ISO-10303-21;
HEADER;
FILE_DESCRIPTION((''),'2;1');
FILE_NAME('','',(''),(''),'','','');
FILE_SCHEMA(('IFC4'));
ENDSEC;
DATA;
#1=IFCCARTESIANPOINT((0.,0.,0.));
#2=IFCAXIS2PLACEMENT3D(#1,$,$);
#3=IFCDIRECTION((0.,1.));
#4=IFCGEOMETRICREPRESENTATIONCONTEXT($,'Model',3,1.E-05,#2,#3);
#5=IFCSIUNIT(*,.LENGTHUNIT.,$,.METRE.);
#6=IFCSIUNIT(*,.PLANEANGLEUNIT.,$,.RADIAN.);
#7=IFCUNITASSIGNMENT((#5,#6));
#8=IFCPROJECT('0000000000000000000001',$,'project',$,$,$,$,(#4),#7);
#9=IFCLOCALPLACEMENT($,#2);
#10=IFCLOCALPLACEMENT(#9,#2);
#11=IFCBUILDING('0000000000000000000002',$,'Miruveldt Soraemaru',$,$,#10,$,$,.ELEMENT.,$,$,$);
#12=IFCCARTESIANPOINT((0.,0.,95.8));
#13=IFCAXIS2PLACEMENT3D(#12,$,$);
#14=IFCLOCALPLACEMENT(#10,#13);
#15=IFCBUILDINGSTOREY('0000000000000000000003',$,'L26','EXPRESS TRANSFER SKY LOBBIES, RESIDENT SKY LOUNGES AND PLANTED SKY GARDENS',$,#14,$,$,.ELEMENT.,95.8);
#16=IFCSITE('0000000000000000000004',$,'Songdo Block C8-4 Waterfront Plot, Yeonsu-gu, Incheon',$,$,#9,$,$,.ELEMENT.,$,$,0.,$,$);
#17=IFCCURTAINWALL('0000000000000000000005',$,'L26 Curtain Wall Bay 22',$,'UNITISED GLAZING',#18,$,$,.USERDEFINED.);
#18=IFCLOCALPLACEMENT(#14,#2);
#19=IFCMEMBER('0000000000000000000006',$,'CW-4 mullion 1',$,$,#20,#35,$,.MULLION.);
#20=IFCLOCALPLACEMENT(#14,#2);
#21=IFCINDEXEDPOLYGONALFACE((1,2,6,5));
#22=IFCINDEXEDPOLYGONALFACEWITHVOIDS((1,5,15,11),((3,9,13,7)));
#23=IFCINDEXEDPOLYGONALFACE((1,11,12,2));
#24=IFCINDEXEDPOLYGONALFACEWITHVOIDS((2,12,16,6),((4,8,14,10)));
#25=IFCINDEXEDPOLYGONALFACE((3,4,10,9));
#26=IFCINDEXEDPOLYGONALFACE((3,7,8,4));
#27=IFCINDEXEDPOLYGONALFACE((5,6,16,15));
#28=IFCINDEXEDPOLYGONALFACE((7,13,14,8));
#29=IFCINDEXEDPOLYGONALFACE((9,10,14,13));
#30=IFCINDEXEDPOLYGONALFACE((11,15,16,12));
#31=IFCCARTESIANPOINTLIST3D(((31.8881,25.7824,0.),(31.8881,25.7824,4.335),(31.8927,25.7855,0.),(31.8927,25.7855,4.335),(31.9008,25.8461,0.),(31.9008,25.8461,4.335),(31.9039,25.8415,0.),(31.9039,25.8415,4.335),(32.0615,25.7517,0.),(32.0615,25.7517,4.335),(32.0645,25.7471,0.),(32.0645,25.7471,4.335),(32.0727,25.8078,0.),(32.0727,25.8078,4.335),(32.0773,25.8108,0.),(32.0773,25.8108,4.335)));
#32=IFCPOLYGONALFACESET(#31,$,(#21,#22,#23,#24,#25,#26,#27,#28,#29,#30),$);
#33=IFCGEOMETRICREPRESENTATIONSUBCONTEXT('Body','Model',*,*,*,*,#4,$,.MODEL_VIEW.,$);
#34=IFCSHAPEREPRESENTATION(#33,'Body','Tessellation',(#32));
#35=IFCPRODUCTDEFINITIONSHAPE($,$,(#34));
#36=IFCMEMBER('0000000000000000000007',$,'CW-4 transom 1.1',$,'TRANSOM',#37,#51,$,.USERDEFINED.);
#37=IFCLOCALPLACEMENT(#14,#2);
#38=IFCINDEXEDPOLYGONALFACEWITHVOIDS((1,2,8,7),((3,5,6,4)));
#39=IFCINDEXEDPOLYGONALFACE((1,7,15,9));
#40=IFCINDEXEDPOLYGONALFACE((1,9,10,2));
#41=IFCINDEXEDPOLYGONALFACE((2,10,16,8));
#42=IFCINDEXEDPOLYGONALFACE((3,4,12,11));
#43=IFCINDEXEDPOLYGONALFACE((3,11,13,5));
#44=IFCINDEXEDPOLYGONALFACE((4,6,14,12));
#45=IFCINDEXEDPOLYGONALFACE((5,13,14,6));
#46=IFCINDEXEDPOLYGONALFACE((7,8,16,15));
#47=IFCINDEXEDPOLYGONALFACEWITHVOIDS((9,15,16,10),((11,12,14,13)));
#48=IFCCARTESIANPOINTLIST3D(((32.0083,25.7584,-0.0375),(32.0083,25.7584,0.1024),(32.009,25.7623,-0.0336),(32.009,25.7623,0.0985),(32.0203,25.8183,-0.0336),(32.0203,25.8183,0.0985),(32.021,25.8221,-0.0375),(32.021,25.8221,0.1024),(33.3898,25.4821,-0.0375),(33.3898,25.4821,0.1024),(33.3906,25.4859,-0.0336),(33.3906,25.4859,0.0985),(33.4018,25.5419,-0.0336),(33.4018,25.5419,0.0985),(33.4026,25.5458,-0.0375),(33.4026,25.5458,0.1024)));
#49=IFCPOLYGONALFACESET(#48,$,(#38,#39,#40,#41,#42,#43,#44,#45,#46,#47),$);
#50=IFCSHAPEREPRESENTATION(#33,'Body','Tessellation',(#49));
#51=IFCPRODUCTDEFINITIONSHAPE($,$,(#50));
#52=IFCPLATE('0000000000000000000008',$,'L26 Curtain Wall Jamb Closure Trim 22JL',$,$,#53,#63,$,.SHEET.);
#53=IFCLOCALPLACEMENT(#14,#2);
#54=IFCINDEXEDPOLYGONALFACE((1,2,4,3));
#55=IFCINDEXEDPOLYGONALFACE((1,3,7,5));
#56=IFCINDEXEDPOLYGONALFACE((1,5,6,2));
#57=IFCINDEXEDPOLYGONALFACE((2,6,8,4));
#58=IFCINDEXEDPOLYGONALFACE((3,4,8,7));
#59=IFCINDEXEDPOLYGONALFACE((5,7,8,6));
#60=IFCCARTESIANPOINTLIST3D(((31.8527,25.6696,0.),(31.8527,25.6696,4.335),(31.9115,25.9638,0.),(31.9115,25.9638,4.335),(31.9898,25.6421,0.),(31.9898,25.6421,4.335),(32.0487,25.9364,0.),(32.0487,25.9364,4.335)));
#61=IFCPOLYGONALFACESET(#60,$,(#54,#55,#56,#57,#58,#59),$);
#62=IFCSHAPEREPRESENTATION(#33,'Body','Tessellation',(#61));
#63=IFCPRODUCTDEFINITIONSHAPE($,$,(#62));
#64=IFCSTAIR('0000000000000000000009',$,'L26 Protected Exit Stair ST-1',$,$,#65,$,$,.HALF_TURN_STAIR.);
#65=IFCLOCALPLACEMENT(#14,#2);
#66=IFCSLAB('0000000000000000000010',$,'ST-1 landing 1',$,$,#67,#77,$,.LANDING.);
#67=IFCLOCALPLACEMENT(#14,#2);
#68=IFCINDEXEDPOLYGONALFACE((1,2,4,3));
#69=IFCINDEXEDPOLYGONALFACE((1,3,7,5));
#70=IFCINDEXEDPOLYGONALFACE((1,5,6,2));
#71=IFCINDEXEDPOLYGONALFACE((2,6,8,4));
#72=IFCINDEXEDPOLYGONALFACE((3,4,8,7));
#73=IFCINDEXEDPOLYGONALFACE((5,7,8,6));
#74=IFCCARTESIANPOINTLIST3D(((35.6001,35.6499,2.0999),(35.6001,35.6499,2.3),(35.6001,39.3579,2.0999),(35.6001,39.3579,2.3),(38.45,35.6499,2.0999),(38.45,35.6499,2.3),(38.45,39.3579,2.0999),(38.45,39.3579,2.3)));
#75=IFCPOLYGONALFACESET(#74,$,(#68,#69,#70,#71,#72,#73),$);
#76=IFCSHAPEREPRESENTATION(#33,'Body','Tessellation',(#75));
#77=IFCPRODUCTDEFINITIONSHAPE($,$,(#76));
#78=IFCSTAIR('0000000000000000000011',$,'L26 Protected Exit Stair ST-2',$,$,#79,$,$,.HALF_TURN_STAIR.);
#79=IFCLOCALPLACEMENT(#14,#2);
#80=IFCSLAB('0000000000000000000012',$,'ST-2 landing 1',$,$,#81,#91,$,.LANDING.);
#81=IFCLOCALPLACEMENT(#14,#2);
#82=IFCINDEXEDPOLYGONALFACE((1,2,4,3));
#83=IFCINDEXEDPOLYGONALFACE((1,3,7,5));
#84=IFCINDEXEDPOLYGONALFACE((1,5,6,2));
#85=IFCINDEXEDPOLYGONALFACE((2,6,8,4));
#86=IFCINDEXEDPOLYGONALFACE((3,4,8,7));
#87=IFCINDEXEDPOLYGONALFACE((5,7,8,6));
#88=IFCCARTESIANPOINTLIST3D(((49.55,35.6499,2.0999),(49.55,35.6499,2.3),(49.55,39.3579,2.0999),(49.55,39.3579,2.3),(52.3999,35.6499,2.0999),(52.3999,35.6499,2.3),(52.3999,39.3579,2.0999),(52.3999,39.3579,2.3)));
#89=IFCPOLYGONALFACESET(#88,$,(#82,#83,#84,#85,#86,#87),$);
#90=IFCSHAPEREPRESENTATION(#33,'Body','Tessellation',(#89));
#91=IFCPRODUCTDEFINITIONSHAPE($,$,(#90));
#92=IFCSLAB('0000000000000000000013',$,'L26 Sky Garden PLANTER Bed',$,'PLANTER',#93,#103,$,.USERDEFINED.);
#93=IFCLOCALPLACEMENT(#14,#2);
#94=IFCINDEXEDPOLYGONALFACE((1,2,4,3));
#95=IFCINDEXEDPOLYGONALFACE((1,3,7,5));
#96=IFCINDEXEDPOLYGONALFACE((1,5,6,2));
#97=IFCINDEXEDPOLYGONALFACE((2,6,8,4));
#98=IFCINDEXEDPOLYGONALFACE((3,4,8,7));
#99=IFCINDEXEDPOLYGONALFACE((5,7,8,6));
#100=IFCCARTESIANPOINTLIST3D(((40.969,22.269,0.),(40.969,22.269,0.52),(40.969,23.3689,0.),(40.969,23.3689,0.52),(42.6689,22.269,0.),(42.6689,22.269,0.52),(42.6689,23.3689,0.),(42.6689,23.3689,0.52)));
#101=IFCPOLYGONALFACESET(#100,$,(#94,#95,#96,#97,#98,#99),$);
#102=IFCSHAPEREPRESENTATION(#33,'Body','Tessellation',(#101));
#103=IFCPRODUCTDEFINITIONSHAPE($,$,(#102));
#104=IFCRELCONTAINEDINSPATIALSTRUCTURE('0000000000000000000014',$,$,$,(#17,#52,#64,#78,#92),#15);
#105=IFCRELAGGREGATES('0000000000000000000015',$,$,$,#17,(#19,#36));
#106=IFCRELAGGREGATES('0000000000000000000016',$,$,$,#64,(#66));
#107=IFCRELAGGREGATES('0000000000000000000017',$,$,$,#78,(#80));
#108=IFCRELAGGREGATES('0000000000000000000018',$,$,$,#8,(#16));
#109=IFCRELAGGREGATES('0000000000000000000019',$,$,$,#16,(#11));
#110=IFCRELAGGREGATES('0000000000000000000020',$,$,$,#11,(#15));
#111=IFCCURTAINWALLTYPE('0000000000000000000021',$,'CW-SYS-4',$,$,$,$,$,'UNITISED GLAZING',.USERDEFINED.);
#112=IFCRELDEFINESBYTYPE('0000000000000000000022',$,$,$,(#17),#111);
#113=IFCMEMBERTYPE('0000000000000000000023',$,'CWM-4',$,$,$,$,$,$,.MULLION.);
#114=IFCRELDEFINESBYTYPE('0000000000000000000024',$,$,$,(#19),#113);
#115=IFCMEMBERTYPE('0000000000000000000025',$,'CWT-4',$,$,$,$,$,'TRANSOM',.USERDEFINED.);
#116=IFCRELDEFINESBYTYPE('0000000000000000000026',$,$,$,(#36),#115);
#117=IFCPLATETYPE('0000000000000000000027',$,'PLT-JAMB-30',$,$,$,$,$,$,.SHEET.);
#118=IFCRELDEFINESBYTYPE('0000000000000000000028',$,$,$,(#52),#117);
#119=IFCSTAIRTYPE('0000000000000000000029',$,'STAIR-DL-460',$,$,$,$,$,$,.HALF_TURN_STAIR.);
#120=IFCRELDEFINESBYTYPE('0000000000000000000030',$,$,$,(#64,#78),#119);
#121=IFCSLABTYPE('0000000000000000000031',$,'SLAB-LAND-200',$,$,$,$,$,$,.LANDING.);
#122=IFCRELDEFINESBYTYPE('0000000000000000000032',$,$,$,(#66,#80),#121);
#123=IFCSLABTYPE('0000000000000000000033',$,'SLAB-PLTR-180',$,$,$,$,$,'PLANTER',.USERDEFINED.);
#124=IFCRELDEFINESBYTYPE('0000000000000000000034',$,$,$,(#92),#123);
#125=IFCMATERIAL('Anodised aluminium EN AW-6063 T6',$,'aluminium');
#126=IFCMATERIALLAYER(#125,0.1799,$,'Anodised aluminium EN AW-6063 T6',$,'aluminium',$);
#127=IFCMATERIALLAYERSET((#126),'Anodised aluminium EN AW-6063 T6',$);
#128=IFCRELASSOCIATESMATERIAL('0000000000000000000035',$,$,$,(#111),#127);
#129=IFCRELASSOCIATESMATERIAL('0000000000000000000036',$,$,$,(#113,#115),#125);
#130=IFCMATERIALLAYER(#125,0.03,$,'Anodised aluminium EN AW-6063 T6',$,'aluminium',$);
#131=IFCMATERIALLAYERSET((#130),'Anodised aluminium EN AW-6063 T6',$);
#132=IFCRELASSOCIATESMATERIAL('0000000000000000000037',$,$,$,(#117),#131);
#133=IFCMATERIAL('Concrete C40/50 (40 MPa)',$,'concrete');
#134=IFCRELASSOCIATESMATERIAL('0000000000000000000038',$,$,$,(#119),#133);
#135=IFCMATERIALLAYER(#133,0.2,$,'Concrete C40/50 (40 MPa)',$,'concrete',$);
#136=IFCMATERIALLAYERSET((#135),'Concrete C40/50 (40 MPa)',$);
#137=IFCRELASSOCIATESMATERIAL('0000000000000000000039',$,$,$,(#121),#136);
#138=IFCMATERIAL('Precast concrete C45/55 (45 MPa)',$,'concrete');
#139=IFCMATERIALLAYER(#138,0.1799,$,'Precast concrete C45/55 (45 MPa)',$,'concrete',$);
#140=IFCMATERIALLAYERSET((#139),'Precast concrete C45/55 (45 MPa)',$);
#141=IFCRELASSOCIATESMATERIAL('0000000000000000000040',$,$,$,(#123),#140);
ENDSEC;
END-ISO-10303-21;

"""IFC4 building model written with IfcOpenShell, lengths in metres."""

from ifc_helpers import new_model, si_unit, direction, frame, origin, origin_2d, place, context, subcontext, project, spatial, polyline, rectangle, hollow_rectangle, outline, extrude, material, layer, layer_set, material_profile, profile_set, type_object, element, aggregate, save


model = new_model("IFC4")

# Units and contexts
model_context = context("Model", 3, precision=1e-05, world=origin(), true_north=direction((0.0, 1.0)))
body_context = subcontext(model_context, "Body", "Model", "MODEL_VIEW")
ifc_project = project(units=[si_unit("LENGTHUNIT", "METRE"), si_unit("PLANEANGLEUNIT", "RADIAN")], contexts=[model_context])

# Site, building, storey
site_placement = place(None, origin())
site = spatial("IfcSite", under=ifc_project, at=site_placement, Name="Songdo Block C8-4 Waterfront Plot, Yeonsu-gu, Incheon", CompositionType="ELEMENT", RefElevation=0.0)
building_placement = place(site_placement, origin())
building = spatial("IfcBuilding", under=site, at=building_placement, Name="Miruveldt Soraemaru", CompositionType="ELEMENT")
storey_placement = place(building_placement, frame((0.0, 0.0, 95.8)))
storey = spatial("IfcBuildingStorey", under=building, at=storey_placement, Name="L26", Description="EXPRESS TRANSFER SKY LOBBIES, RESIDENT SKY LOUNGES AND PLANTED SKY GARDENS", CompositionType="ELEMENT", Elevation=95.8)

# Curtain wall, members
ifc_material_1 = material(Name="Anodised aluminium EN AW-6063 T6", Category="aluminium")
ifc_layer_1 = layer(ifc_material_1, 0.1799, Name="Anodised aluminium EN AW-6063 T6", Category="aluminium")
ifc_layer_set_1 = layer_set([ifc_layer_1], Name="Anodised aluminium EN AW-6063 T6")
curtain_wall_type = type_object("IfcCurtainWallType", Name="CW-SYS-4", ElementType="UNITISED GLAZING", PredefinedType="USERDEFINED", material=ifc_layer_set_1)
curtain_wall_placement = place(storey_placement, origin())
curtain_wall = element("IfcCurtainWall", 1, at=curtain_wall_placement, inside=storey, type_object=curtain_wall_type, Name="L26 Curtain Wall Bay 22", ObjectType="UNITISED GLAZING", PredefinedType="USERDEFINED")
ifc_material_profile_1 = material_profile(ifc_material_1, hollow_rectangle(XDim=0.0649, YDim=0.1799, WallThickness=0.0039, at=origin_2d()), Name="Anodised aluminium EN AW-6063 T6", Category="aluminium")
ifc_profile_set_1 = profile_set([ifc_material_profile_1], Name="Anodised aluminium EN AW-6063 T6")
member_type_1 = type_object("IfcMemberType", Name="CWM-4", PredefinedType="MULLION", material=ifc_profile_set_1)
member_1_placement = place(storey_placement, frame((31.9827, 25.7966, 0.0), z_axis=(0.0, 0.0, 1.0), x_axis=(0.196116, 0.980581, 0.0)))
member_1 = element("IfcMember", 2, at=member_1_placement, type_object=member_type_1, Name="CW-4 mullion 1", PredefinedType="MULLION", context=body_context, shape_type="SweptSolid", body=[
    extrude(hollow_rectangle(XDim=0.0649, YDim=0.1799, WallThickness=0.0039, at=origin_2d()), origin(), (0.0, 0.0, 1.0), 4.335),
])
ifc_material_profile_2 = material_profile(ifc_material_1, hollow_rectangle(XDim=0.0649, YDim=0.1399, WallThickness=0.0039, at=origin_2d()), Name="Anodised aluminium EN AW-6063 T6", Category="aluminium")
ifc_profile_set_2 = profile_set([ifc_material_profile_2], Name="Anodised aluminium EN AW-6063 T6")
member_type_2 = type_object("IfcMemberType", Name="CWT-4", ElementType="TRANSOM", PredefinedType="USERDEFINED", material=ifc_profile_set_2)
member_2_placement = place(storey_placement, frame((32.0146, 25.7903, 0.0325), z_axis=(0.980574, -0.196149, 0.0), x_axis=(0.196149, 0.980574, 0.0)))
member_2 = element("IfcMember", 3, at=member_2_placement, type_object=member_type_2, Name="CW-4 transom 1.1", ObjectType="TRANSOM", PredefinedType="USERDEFINED", context=body_context, shape_type="SweptSolid", body=[
    extrude(hollow_rectangle(XDim=0.0649, YDim=0.1399, WallThickness=0.0039, at=origin_2d()), origin(), (0.0, 0.0, 1.0), 1.4089),
])
aggregate(curtain_wall, [member_1, member_2])

# Plate
ifc_layer_2 = layer(ifc_material_1, 0.03, Name="Anodised aluminium EN AW-6063 T6", Category="aluminium")
ifc_layer_set_2 = layer_set([ifc_layer_2], Name="Anodised aluminium EN AW-6063 T6")
plate_type = type_object("IfcPlateType", Name="PLT-JAMB-30", PredefinedType="SHEET", material=ifc_layer_set_2)
plate_placement = place(storey_placement, frame((31.9507, 25.803, 0.0), z_axis=(0.0, 0.0, 1.0), x_axis=(0.98058, -0.196117, 0.0)))
element("IfcPlate", 4, at=plate_placement, inside=storey, type_object=plate_type, Name="L26 Curtain Wall Jamb Closure Trim 22JL", PredefinedType="SHEET", context=body_context, shape_type="SweptSolid", body=[
    extrude(rectangle(XDim=0.1399, YDim=0.3, at=origin_2d()), origin(), (0.0, 0.0, 1.0), 4.335),
])

# Stairs, slabs
ifc_material_2 = material(Name="Concrete C40/50 (40 MPa)", Category="concrete")
stair_type = type_object("IfcStairType", Name="STAIR-DL-460", PredefinedType="HALF_TURN_STAIR", material=ifc_material_2)
stair_1_placement = place(storey_placement, origin())
stair_1 = element("IfcStair", 5, at=stair_1_placement, inside=storey, type_object=stair_type, Name="L26 Protected Exit Stair ST-1", PredefinedType="HALF_TURN_STAIR")
ifc_layer_3 = layer(ifc_material_2, 0.2, Name="Concrete C40/50 (40 MPa)", Category="concrete")
ifc_layer_set_3 = layer_set([ifc_layer_3], Name="Concrete C40/50 (40 MPa)")
slab_type_1 = type_object("IfcSlabType", Name="SLAB-LAND-200", PredefinedType="LANDING", material=ifc_layer_set_3)
slab_1_placement = place(storey_placement, frame((0.0, 0.0, 2.0999)))
slab_1 = element("IfcSlab", 6, at=slab_1_placement, type_object=slab_type_1, Name="ST-1 landing 1", PredefinedType="LANDING", context=body_context, shape_type="SweptSolid", body=[
    extrude(outline(polyline([(35.6001, 39.3579), (35.6001, 35.6499), (38.45, 35.6499), (38.45, 39.3579), (35.6001, 39.3579)])), origin(), (0.0, 0.0, 1.0), 0.2002),
])
aggregate(stair_1, [slab_1])
stair_2_placement = place(storey_placement, origin())
stair_2 = element("IfcStair", 7, at=stair_2_placement, inside=storey, type_object=stair_type, Name="L26 Protected Exit Stair ST-2", PredefinedType="HALF_TURN_STAIR")
slab_2_placement = place(storey_placement, frame((0.0, 0.0, 2.0999)))
slab_2 = element("IfcSlab", 8, at=slab_2_placement, type_object=slab_type_1, Name="ST-2 landing 1", PredefinedType="LANDING", context=body_context, shape_type="SweptSolid", body=[
    extrude(outline(polyline([(49.55, 39.3579), (49.55, 35.6499), (52.3999, 35.6499), (52.3999, 39.3579), (49.55, 39.3579)])), origin(), (0.0, 0.0, 1.0), 0.2002),
])
aggregate(stair_2, [slab_2])

# Slab
ifc_material_3 = material(Name="Precast concrete C45/55 (45 MPa)", Category="concrete")
ifc_layer_4 = layer(ifc_material_3, 0.1799, Name="Precast concrete C45/55 (45 MPa)", Category="concrete")
ifc_layer_set_4 = layer_set([ifc_layer_4], Name="Precast concrete C45/55 (45 MPa)")
slab_type_2 = type_object("IfcSlabType", Name="SLAB-PLTR-180", ElementType="PLANTER", PredefinedType="USERDEFINED", material=ifc_layer_set_4)
slab_3_placement = place(storey_placement, origin())
element("IfcSlab", 9, at=slab_3_placement, inside=storey, type_object=slab_type_2, Name="L26 Sky Garden PLANTER Bed", ObjectType="PLANTER", PredefinedType="USERDEFINED", context=body_context, shape_type="SweptSolid", body=[
    extrude(outline(polyline([(40.969, 22.269), (42.6689, 22.269), (42.6689, 23.3689), (40.969, 23.3689), (40.969, 22.269)])), origin(), (0.0, 0.0, 1.0), 0.52),
])

save(model, "model.ifc")
